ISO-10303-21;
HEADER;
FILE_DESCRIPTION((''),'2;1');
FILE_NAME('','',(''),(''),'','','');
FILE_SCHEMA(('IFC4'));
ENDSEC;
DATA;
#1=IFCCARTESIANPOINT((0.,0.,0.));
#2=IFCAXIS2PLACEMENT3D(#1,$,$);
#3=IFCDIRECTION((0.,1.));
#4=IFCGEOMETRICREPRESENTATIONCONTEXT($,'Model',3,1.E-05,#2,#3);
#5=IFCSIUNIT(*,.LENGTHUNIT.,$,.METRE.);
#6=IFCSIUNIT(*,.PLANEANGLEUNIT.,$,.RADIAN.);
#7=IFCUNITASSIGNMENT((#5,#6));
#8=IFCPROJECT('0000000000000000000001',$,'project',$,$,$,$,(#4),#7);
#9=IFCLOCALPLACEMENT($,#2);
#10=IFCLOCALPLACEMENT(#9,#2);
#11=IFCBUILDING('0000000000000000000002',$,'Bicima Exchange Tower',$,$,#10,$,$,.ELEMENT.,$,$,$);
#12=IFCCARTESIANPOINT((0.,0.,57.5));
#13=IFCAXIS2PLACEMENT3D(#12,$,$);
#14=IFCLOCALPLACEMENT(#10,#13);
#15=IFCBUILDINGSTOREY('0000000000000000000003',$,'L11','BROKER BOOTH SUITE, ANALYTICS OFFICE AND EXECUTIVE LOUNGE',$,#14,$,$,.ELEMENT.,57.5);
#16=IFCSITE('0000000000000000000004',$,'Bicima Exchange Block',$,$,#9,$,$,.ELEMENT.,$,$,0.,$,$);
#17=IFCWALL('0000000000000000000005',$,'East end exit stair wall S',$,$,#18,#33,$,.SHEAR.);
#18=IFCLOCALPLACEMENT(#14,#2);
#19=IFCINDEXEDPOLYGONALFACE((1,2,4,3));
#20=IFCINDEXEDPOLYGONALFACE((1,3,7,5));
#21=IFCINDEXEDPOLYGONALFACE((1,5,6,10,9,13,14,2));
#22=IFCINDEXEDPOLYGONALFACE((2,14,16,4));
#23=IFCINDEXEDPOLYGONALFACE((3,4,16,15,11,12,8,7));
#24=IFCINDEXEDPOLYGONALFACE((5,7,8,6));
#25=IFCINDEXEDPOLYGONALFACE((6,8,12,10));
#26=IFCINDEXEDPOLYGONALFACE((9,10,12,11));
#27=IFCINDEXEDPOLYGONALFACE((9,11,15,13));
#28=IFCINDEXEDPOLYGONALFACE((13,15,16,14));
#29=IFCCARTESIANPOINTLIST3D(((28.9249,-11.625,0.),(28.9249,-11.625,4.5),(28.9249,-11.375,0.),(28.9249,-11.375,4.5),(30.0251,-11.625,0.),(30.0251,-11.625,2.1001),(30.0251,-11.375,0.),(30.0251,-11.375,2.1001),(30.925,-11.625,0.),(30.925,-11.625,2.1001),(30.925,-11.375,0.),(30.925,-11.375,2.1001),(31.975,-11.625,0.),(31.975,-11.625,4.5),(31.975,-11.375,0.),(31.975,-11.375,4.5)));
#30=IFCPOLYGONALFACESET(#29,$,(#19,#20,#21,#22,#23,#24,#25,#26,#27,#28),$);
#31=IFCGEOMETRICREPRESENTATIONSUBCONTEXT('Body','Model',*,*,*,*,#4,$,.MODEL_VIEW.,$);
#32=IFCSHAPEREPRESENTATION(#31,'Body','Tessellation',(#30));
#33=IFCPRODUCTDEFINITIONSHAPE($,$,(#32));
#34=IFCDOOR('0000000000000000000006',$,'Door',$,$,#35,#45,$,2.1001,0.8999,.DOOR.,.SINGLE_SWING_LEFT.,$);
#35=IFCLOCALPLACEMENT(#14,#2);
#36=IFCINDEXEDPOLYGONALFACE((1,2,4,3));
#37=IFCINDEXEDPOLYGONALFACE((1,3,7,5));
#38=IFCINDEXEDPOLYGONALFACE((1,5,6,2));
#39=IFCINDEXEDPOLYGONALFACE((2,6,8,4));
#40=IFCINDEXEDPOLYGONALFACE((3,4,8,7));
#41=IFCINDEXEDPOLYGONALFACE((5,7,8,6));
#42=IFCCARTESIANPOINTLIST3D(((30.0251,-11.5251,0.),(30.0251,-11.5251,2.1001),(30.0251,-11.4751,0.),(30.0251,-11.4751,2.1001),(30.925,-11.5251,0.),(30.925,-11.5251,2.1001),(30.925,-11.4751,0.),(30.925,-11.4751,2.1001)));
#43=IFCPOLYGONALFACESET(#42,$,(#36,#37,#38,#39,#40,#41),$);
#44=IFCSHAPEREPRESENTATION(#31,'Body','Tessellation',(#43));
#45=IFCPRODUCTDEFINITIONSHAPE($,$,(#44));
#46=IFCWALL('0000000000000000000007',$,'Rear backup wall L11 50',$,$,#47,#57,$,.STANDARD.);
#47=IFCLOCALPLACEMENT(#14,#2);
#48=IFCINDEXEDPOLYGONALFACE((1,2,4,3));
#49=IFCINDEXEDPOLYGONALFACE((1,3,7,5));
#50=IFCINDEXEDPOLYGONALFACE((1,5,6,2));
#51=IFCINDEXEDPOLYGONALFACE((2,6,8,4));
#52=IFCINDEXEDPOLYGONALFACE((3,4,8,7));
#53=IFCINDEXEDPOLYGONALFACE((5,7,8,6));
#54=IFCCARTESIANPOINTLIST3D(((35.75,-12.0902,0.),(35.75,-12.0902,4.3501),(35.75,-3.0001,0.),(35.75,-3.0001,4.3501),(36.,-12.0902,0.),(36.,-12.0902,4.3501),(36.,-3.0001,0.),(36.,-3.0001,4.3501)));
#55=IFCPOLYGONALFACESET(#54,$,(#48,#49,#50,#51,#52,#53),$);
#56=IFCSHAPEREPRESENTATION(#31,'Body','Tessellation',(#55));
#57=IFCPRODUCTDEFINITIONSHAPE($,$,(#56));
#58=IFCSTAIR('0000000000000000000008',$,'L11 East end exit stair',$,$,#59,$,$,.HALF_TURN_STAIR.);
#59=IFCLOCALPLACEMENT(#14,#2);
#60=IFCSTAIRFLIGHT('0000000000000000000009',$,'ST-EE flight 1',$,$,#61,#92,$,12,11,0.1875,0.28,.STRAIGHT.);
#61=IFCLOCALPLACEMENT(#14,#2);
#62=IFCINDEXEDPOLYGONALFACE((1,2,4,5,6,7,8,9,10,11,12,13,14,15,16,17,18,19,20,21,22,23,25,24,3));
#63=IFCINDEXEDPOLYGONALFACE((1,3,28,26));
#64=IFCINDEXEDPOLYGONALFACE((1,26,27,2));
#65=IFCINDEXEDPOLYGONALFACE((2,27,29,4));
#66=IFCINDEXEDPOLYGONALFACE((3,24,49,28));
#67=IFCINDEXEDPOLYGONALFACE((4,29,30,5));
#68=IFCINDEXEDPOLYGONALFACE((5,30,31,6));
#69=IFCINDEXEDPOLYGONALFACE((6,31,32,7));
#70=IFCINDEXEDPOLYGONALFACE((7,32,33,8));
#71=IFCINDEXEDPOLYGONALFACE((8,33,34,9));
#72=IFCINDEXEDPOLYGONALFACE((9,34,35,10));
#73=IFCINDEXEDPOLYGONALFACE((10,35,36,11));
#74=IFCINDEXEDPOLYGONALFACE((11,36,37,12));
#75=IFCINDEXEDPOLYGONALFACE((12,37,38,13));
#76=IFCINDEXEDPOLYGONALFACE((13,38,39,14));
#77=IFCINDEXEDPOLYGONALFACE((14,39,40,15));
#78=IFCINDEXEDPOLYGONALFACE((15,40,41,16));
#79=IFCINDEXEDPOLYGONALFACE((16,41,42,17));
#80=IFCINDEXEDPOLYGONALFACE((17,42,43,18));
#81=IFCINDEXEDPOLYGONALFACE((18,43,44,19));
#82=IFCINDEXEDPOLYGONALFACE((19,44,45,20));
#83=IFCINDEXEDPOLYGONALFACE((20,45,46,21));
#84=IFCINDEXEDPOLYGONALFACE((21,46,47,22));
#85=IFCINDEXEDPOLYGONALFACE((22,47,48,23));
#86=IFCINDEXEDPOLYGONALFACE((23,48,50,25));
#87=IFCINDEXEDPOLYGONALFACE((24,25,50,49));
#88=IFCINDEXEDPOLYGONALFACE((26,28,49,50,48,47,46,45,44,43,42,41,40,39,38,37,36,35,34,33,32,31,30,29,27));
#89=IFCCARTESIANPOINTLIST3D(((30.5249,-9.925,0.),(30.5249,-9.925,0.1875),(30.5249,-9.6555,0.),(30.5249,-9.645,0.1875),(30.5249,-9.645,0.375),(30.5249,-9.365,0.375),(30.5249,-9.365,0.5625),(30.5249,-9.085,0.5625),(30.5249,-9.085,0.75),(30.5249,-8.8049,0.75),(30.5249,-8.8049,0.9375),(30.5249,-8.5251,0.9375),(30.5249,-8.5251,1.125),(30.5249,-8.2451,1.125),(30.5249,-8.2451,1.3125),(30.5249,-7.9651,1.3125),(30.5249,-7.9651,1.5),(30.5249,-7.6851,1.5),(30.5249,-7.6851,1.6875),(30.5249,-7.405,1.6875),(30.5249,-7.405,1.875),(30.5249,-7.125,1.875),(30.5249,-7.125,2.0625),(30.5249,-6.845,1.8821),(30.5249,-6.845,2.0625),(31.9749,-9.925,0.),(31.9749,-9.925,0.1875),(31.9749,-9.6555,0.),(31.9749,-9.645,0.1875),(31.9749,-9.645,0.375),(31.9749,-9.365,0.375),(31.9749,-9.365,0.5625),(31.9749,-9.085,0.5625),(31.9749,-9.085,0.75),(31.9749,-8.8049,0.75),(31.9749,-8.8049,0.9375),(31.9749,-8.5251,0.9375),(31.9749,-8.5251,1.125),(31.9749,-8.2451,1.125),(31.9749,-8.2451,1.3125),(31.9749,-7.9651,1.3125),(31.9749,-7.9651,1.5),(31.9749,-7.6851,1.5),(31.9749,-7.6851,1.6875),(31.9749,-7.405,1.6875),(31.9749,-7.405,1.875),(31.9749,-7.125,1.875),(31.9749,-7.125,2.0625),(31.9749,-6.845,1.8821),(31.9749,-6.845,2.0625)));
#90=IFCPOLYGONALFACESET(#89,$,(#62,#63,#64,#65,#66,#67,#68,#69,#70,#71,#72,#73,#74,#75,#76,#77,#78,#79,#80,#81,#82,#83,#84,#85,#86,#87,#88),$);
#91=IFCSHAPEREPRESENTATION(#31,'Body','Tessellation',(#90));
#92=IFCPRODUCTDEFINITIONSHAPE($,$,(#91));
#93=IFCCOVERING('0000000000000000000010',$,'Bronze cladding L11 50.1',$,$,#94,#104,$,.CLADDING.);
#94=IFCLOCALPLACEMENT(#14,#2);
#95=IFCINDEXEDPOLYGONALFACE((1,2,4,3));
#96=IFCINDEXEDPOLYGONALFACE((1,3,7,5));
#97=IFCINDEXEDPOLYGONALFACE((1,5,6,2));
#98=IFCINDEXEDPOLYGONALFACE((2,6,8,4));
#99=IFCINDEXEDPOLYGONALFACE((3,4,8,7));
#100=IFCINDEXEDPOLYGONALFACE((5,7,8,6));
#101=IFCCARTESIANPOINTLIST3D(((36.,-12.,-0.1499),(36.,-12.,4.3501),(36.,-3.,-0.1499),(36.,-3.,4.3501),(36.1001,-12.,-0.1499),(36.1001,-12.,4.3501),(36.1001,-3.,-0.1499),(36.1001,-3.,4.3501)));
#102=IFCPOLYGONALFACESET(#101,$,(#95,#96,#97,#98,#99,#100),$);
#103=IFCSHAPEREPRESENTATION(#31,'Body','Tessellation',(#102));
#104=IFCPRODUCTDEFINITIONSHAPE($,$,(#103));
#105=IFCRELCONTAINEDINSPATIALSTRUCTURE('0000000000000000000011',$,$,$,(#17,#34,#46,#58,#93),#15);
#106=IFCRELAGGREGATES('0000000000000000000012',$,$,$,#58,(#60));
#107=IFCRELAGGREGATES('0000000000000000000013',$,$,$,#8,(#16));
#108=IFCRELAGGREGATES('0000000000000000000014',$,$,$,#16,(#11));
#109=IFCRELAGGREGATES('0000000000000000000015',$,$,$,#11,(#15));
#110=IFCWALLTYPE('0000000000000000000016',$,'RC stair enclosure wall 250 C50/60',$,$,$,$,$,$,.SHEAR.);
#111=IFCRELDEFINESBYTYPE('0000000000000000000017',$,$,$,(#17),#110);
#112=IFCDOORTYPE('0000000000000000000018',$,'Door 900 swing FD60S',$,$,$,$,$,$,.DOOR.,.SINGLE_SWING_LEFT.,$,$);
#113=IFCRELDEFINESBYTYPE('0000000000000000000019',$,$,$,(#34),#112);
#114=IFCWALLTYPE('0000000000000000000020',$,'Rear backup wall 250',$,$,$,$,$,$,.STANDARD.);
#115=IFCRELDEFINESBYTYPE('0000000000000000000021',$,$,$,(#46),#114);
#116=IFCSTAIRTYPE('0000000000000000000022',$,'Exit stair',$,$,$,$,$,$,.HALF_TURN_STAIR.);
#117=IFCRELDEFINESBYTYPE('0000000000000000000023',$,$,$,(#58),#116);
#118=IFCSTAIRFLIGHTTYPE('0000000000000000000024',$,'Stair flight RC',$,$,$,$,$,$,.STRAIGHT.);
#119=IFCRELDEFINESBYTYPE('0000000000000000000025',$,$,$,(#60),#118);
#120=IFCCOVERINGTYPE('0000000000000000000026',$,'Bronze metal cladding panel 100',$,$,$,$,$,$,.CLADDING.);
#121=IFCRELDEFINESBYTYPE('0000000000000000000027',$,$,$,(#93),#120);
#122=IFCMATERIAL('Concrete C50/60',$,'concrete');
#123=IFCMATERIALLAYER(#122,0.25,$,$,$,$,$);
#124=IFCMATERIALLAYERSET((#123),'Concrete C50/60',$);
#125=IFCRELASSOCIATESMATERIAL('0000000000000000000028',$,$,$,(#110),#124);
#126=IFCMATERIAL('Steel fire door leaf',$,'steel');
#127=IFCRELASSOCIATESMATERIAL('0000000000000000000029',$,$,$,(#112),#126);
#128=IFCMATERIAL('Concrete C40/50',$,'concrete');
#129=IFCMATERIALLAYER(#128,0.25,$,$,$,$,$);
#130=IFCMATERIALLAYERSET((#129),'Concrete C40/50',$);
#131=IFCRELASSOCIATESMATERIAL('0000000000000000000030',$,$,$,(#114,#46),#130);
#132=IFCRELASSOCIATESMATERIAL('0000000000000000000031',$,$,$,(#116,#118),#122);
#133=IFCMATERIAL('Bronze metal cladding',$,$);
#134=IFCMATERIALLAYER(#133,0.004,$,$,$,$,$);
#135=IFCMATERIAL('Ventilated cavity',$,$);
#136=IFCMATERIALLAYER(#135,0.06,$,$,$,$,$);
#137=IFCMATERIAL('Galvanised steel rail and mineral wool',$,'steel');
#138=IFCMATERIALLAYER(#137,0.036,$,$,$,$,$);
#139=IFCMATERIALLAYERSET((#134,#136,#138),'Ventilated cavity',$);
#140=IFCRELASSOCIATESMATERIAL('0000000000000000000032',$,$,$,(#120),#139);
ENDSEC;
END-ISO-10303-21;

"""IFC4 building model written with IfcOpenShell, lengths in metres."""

from ifc_helpers import new_model, si_unit, direction, frame, frame_2d, origin, origin_2d, place, context, subcontext, project, spatial, polyline, rectangle, outline, extrude, material, layer, layer_set, layer_usage, type_object, element, fill, aggregate, save


model = new_model("IFC4")

# Units and contexts
model_context = context("Model", 3, precision=1e-05, world=origin(), true_north=direction((0.0, 1.0)))
body_context = subcontext(model_context, "Body", "Model", "MODEL_VIEW")
ifc_project = project(units=[si_unit("LENGTHUNIT", "METRE"), si_unit("PLANEANGLEUNIT", "RADIAN")], contexts=[model_context])

# Site, building, storey
site_placement = place(None, origin())
site = spatial("IfcSite", under=ifc_project, at=site_placement, Name="Bicima Exchange Block", CompositionType="ELEMENT", RefElevation=0.0)
building_placement = place(site_placement, origin())
building = spatial("IfcBuilding", under=site, at=building_placement, Name="Bicima Exchange Tower", CompositionType="ELEMENT")
storey_placement = place(building_placement, frame((0.0, 0.0, 57.5)))
storey = spatial("IfcBuildingStorey", under=building, at=storey_placement, Name="L11", Description="BROKER BOOTH SUITE, ANALYTICS OFFICE AND EXECUTIVE LOUNGE", CompositionType="ELEMENT", Elevation=57.5)

# Shared definitions
ifc_material_1 = material(Name="Steel fire door leaf", Category="steel")

# Shared definitions
ifc_material_2 = material(Name="Concrete C50/60", Category="concrete")
ifc_layer_1 = layer(ifc_material_2, 0.25)
ifc_layer_set_1 = layer_set([ifc_layer_1], Name="Concrete C50/60")
wall_type_1 = type_object("IfcWallType", Name="RC stair enclosure wall 250 C50/60", PredefinedType="SHEAR", material=ifc_layer_set_1)

# Wall, opening, door
wall_1_placement = place(storey_placement, frame((28.925, -11.5, 0.0), z_axis=(0.0, 0.0, 1.0), x_axis=(1.0, 0.0, 0.0)))
wall_1 = element("IfcWall", 1, at=wall_1_placement, inside=storey, type_object=wall_type_1, Name="East end exit stair wall S", PredefinedType="SHEAR", context=body_context, shape_type="SweptSolid", body=[
    extrude(rectangle(XDim=3.05, YDim=0.25, at=frame_2d((1.5249, 0.0))), origin(), (0.0, 0.0, 1.0), 4.5),
])
opening_1_placement = place(wall_1_placement, frame((1.1001, 0.0, 0.0)))
opening_1 = element("IfcOpeningElement", 2, at=opening_1_placement, cuts=wall_1, PredefinedType="OPENING", context=body_context, shape_type="SweptSolid", body=[
    extrude(rectangle(XDim=0.8999, YDim=2.1001, at=frame_2d((0.45, 1.05))), frame((0.0, 0.137, 0.0), z_axis=(0.0, -1.0, 0.0), x_axis=(1.0, 0.0, 0.0)), (0.0, 0.0, 1.0), 0.2739),
])
door_type_1 = type_object("IfcDoorType", Name="Door 900 swing FD60S", OperationType="SINGLE_SWING_LEFT", PredefinedType="DOOR", material=ifc_material_1)
door_1_placement = place(opening_1_placement, origin())
door_1 = element("IfcDoor", 3, at=door_1_placement, inside=storey, type_object=door_type_1, Name="Door", OperationType="SINGLE_SWING_LEFT", OverallHeight=2.1001, OverallWidth=0.8999, PredefinedType="DOOR", context=body_context, shape_type="SweptSolid", body=[
    extrude(rectangle(XDim=0.8999, YDim=2.1001, at=frame_2d((0.45, 1.05))), frame((0.0, 0.0249, 0.0), z_axis=(0.0, -1.0, 0.0), x_axis=(1.0, 0.0, 0.0)), (0.0, 0.0, 1.0), 0.05),
])
fill(opening_1, door_1)

# Wall
ifc_material_3 = material(Name="Concrete C40/50", Category="concrete")
ifc_layer_2 = layer(ifc_material_3, 0.25)
ifc_layer_set_2 = layer_set([ifc_layer_2], Name="Concrete C40/50")
ifc_layer_usage = layer_usage(ifc_layer_set_2, "AXIS2", "POSITIVE", -0.125)
wall_type_2 = type_object("IfcWallType", Name="Rear backup wall 250", PredefinedType="STANDARD", material=ifc_layer_set_2)
wall_2_placement = place(storey_placement, frame((35.875, -12.0901, 0.0), z_axis=(0.0, 0.0, 1.0), x_axis=(0.0, 1.0, 0.0)))
element("IfcWall", 4, at=wall_2_placement, inside=storey, type_object=wall_type_2, material=ifc_layer_usage, Name="Rear backup wall L11 50", PredefinedType="STANDARD", context=body_context, shape_type="SweptSolid", body=[
    extrude(rectangle(XDim=9.0901, YDim=0.25, at=frame_2d((4.5449, 0.0))), origin(), (0.0, 0.0, 1.0), 4.3501),
])

# Stair, stair flight
stair_type = type_object("IfcStairType", Name="Exit stair", PredefinedType="HALF_TURN_STAIR", material=ifc_material_2)
stair_placement = place(storey_placement, origin())
stair = element("IfcStair", 5, at=stair_placement, inside=storey, type_object=stair_type, Name="L11 East end exit stair", PredefinedType="HALF_TURN_STAIR")
stair_flight_type = type_object("IfcStairFlightType", Name="Stair flight RC", PredefinedType="STRAIGHT", material=ifc_material_2)
stair_flight_placement = place(storey_placement, frame((31.25, -9.925, 0.0), z_axis=(0.0, 0.0, 1.0), x_axis=(0.0, 1.0, 0.0)))
stair_flight = element("IfcStairFlight", 6, at=stair_flight_placement, type_object=stair_flight_type, Name="ST-EE flight 1", NumberOfRisers=12, NumberOfTreads=11, PredefinedType="STRAIGHT", RiserHeight=0.1875, TreadLength=0.28, context=body_context, shape_type="SweptSolid", body=[
    extrude(outline(polyline([(0.0, 0.0), (0.0, 0.1875), (0.28, 0.1875), (0.28, 0.375), (0.5601, 0.375), (0.5601, 0.5625), (0.8401, 0.5625), (0.8401, 0.75), (1.1201, 0.75), (1.1201, 0.9375), (1.3999, 0.9375), (1.3999, 1.125), (1.6799, 1.125), (1.6799, 1.3125), (1.96, 1.3125), (1.96, 1.5), (2.24, 1.5), (2.24, 1.6875), (2.52, 1.6875), (2.52, 1.875), (2.8, 1.875), (2.8, 2.0625), (3.0801, 2.0625), (3.0801, 2.25), (3.0801, 1.8821), (0.2695, 0.0), (0.0, 0.0)])), frame((0.0, 0.7251, 0.0), z_axis=(0.0, -1.0, 0.0), x_axis=(1.0, 0.0, 0.0)), (0.0, 0.0, 1.0), 1.45),
])
aggregate(stair, [stair_flight])

# Covering
ifc_material_4 = material(Name="Bronze metal cladding")
ifc_layer_3 = layer(ifc_material_4, 0.004)
ifc_material_5 = material(Name="Ventilated cavity")
ifc_layer_4 = layer(ifc_material_5, 0.06)
ifc_material_6 = material(Name="Galvanised steel rail and mineral wool", Category="steel")
ifc_layer_5 = layer(ifc_material_6, 0.036)
ifc_layer_set_3 = layer_set([ifc_layer_3, ifc_layer_4, ifc_layer_5], Name="Ventilated cavity")
covering_type = type_object("IfcCoveringType", Name="Bronze metal cladding panel 100", PredefinedType="CLADDING", material=ifc_layer_set_3)
covering_placement = place(storey_placement, frame((36.05, -7.5, -0.1499), z_axis=(0.0, 0.0, 1.0), x_axis=(0.0, 1.0, 0.0)))
element("IfcCovering", 7, at=covering_placement, inside=storey, type_object=covering_type, Name="Bronze cladding L11 50.1", PredefinedType="CLADDING", context=body_context, shape_type="SweptSolid", body=[
    extrude(rectangle(XDim=9.0, YDim=0.1001, at=origin_2d()), origin(), (0.0, 0.0, 1.0), 4.5),
])

save(model, "model.ifc")
